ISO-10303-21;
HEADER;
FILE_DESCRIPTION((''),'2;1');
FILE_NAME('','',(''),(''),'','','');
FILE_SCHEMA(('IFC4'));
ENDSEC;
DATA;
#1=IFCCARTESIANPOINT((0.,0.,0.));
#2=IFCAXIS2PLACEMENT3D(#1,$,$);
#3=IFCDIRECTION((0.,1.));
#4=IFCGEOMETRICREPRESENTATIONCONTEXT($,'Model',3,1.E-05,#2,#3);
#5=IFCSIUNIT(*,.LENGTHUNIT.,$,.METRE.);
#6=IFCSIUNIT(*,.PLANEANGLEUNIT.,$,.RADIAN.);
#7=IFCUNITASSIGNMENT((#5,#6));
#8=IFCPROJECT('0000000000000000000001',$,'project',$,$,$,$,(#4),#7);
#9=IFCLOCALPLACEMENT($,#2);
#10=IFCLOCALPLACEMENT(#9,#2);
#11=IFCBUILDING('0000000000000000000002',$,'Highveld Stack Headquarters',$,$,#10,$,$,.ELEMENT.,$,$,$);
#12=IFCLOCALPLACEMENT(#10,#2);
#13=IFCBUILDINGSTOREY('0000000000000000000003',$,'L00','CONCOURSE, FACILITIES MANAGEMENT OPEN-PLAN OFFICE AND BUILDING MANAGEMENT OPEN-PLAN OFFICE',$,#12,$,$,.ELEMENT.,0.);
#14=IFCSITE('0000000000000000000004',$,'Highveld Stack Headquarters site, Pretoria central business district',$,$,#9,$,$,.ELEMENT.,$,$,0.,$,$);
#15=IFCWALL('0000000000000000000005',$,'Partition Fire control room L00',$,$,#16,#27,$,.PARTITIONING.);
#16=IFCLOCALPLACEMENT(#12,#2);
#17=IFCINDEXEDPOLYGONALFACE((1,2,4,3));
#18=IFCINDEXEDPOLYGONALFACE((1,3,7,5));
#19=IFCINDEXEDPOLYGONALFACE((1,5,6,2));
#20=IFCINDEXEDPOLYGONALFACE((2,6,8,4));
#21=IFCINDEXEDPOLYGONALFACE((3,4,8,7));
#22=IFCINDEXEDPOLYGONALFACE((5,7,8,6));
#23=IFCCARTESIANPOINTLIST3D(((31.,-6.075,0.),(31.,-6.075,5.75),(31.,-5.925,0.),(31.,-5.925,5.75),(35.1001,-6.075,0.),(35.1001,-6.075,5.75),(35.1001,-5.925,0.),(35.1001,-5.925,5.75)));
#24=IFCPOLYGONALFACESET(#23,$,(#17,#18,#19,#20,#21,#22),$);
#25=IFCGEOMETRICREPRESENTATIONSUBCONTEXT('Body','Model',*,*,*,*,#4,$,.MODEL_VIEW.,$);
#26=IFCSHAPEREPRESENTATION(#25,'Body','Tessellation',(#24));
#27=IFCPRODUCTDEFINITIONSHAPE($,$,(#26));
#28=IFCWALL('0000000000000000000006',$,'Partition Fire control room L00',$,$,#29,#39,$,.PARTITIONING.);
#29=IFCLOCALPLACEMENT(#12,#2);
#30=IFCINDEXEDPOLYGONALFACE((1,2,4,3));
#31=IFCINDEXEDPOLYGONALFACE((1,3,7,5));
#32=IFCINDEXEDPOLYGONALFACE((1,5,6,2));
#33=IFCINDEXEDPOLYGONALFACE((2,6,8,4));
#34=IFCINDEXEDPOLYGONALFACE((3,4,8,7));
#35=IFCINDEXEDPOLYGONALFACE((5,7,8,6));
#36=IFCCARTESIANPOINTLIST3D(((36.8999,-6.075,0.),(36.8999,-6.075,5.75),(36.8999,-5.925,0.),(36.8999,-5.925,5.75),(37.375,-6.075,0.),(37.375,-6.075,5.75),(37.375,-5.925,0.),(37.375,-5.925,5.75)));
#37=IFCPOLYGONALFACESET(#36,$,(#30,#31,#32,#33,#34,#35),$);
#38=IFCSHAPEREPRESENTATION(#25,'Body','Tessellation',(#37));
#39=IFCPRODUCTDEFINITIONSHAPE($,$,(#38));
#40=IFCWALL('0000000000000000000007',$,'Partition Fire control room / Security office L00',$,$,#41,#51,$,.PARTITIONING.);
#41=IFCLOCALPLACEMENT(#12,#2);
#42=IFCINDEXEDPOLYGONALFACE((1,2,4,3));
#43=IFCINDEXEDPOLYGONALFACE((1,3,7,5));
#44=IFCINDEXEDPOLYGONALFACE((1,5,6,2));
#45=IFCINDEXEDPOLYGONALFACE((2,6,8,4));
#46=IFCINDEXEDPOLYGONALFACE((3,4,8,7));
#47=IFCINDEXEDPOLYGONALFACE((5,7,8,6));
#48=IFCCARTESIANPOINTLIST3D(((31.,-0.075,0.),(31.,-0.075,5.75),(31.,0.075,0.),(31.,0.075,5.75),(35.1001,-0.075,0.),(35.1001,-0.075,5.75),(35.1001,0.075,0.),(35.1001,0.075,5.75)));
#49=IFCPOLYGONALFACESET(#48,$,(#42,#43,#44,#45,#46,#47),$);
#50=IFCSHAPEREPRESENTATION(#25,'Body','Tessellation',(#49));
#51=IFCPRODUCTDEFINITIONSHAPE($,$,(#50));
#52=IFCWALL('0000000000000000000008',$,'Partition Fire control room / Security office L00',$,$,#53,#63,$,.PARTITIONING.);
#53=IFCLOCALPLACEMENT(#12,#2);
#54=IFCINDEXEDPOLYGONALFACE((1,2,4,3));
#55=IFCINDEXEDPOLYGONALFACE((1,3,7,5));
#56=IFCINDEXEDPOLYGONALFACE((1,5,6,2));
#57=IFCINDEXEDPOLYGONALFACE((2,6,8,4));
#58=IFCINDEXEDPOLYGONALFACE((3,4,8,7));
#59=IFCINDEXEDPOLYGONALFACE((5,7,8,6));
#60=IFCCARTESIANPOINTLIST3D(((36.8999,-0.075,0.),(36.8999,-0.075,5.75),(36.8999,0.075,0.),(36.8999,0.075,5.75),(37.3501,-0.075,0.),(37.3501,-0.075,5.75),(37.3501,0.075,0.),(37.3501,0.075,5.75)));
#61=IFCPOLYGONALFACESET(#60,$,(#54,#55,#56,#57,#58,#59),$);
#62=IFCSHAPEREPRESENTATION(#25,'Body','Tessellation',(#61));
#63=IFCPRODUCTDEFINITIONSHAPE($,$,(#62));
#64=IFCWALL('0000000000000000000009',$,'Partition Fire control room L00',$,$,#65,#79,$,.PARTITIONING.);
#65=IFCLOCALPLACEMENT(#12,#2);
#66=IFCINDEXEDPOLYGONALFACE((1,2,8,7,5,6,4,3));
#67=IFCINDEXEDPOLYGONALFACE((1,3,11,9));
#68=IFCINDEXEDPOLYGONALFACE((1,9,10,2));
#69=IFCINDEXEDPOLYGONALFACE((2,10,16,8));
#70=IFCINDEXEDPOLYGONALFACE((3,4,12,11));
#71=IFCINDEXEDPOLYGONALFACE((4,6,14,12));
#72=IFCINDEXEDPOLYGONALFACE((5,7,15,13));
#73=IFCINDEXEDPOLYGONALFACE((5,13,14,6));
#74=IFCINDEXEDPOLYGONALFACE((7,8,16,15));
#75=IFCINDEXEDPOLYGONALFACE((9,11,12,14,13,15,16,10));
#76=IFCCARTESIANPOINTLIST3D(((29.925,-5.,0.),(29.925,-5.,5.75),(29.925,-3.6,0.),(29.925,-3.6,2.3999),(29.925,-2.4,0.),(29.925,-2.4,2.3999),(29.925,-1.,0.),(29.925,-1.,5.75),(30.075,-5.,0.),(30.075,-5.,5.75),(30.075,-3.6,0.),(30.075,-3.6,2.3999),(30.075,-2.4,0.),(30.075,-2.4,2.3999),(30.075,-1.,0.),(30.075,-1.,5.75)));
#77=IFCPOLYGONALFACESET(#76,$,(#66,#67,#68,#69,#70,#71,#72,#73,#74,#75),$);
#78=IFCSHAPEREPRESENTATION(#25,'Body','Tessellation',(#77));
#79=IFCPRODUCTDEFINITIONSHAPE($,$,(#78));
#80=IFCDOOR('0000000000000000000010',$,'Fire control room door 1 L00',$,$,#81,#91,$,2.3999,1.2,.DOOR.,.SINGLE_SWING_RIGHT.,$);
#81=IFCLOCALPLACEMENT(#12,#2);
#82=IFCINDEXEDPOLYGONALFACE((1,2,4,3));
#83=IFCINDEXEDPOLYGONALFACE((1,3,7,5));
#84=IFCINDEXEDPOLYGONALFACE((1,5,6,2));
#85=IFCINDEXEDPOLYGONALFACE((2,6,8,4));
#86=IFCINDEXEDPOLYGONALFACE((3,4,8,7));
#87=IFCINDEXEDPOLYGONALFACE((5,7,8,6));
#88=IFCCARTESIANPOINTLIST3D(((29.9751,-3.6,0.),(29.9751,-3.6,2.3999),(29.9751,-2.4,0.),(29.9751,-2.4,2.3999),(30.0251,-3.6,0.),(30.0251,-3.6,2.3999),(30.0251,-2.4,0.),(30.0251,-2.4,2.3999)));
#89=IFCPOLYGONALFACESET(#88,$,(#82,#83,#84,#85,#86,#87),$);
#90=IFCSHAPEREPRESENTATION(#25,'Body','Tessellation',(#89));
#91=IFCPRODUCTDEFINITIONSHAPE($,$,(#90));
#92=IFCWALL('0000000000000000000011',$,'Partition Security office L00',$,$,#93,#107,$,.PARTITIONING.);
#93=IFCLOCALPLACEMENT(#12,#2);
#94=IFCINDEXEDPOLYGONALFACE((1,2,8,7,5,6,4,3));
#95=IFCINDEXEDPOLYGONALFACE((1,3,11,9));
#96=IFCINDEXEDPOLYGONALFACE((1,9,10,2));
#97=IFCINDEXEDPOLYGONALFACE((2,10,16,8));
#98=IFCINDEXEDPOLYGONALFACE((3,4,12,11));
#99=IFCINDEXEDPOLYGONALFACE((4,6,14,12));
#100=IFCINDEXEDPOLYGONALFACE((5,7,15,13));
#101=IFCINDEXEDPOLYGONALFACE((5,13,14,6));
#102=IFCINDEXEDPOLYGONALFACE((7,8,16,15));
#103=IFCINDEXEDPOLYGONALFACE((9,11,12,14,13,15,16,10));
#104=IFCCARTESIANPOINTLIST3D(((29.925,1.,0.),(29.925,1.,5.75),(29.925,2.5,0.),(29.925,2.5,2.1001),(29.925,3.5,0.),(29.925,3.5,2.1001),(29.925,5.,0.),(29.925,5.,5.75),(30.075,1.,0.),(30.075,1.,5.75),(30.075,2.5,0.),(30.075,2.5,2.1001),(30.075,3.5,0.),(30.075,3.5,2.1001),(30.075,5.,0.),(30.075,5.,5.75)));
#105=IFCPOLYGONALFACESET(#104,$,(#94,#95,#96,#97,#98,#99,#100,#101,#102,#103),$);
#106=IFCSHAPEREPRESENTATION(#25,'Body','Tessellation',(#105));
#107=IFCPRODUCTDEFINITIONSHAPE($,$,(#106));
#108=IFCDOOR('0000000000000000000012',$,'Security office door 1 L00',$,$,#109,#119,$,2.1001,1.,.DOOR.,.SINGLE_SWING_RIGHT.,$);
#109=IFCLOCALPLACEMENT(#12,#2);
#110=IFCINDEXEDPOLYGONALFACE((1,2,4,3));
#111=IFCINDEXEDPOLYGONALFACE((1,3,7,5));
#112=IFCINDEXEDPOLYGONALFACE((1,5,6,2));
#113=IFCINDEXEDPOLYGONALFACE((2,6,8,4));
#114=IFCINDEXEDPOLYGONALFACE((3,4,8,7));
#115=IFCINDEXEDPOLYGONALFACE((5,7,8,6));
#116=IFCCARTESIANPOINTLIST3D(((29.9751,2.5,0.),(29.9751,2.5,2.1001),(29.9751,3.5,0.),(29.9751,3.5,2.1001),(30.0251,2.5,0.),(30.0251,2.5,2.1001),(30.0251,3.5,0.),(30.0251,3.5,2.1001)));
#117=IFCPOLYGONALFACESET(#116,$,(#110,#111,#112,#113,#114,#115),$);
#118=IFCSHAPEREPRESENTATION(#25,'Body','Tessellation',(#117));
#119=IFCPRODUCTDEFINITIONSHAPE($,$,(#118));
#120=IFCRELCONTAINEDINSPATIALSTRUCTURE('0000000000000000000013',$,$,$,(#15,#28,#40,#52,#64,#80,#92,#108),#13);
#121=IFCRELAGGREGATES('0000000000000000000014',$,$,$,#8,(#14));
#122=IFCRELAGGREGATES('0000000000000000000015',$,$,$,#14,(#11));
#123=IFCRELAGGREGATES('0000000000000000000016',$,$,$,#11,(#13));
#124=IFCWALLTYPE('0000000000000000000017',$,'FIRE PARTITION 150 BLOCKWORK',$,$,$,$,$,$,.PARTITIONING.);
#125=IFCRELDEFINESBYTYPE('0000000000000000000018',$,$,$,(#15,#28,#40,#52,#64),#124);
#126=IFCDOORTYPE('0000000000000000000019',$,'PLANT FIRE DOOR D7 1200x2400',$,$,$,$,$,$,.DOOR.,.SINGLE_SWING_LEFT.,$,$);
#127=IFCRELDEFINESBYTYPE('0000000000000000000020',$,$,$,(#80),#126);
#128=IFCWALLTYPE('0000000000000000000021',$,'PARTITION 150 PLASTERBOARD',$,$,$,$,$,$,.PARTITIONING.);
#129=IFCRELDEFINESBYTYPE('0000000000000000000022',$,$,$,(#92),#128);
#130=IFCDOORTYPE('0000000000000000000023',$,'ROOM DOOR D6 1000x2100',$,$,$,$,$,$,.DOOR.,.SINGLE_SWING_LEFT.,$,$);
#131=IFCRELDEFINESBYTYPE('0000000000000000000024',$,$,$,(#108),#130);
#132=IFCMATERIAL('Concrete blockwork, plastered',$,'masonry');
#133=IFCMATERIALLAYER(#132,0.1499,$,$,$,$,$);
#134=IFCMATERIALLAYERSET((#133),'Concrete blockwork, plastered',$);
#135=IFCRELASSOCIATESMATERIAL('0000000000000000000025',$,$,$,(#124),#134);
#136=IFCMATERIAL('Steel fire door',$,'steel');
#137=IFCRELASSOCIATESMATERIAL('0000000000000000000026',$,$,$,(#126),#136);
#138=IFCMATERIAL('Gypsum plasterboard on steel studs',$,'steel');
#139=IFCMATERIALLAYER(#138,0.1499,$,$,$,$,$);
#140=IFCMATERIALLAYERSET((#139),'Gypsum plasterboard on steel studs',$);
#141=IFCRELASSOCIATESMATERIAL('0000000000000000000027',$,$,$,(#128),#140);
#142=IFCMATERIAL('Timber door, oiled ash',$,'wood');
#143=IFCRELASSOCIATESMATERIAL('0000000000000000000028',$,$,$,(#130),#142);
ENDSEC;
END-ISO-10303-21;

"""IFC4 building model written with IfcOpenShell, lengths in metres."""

from ifc_helpers import new_model, si_unit, direction, frame, frame_2d, origin, place, context, subcontext, project, spatial, rectangle, extrude, material, layer, layer_set, type_object, element, fill, save


model = new_model("IFC4")

# Units and contexts
model_context = context("Model", 3, precision=1e-05, world=origin(), true_north=direction((0.0, 1.0)))
body_context = subcontext(model_context, "Body", "Model", "MODEL_VIEW")
ifc_project = project(units=[si_unit("LENGTHUNIT", "METRE"), si_unit("PLANEANGLEUNIT", "RADIAN")], contexts=[model_context])

# Site, building, storey
site_placement = place(None, origin())
site = spatial("IfcSite", under=ifc_project, at=site_placement, Name="Highveld Stack Headquarters site, Pretoria central business district", CompositionType="ELEMENT", RefElevation=0.0)
building_placement = place(site_placement, origin())
building = spatial("IfcBuilding", under=site, at=building_placement, Name="Highveld Stack Headquarters", CompositionType="ELEMENT")
storey_placement = place(building_placement, origin())
storey = spatial("IfcBuildingStorey", under=building, at=storey_placement, Name="L00", Description="CONCOURSE, FACILITIES MANAGEMENT OPEN-PLAN OFFICE AND BUILDING MANAGEMENT OPEN-PLAN OFFICE", CompositionType="ELEMENT", Elevation=0.0)

# Walls
ifc_material_1 = material(Name="Concrete blockwork, plastered", Category="masonry")
ifc_layer_1 = layer(ifc_material_1, 0.1499)
ifc_layer_set_1 = layer_set([ifc_layer_1], Name="Concrete blockwork, plastered")
wall_type_1 = type_object("IfcWallType", Name="FIRE PARTITION 150 BLOCKWORK", PredefinedType="PARTITIONING", material=ifc_layer_set_1)
wall_1_placement = place(storey_placement, frame((31.0, -6.0, 0.0), z_axis=(0.0, 0.0, 1.0), x_axis=(1.0, 0.0, 0.0)))
element("IfcWall", 1, at=wall_1_placement, inside=storey, type_object=wall_type_1, Name="Partition Fire control room L00", PredefinedType="PARTITIONING", context=body_context, shape_type="SweptSolid", body=[
    extrude(rectangle(XDim=4.1001, YDim=0.1499, at=frame_2d((2.05, 0.0))), origin(), (0.0, 0.0, 1.0), 5.75),
])
wall_2_placement = place(storey_placement, frame((36.8999, -6.0, 0.0), z_axis=(0.0, 0.0, 1.0), x_axis=(1.0, 0.0, 0.0)))
element("IfcWall", 2, at=wall_2_placement, inside=storey, type_object=wall_type_1, Name="Partition Fire control room L00", PredefinedType="PARTITIONING", context=body_context, shape_type="SweptSolid", body=[
    extrude(rectangle(XDim=0.4751, YDim=0.1499, at=frame_2d((0.2375, 0.0))), origin(), (0.0, 0.0, 1.0), 5.75),
])
wall_3_placement = place(storey_placement, frame((31.0, 0.0, 0.0), z_axis=(0.0, 0.0, 1.0), x_axis=(1.0, 0.0, 0.0)))
element("IfcWall", 3, at=wall_3_placement, inside=storey, type_object=wall_type_1, Name="Partition Fire control room / Security office L00", PredefinedType="PARTITIONING", context=body_context, shape_type="SweptSolid", body=[
    extrude(rectangle(XDim=4.1001, YDim=0.1499, at=frame_2d((2.05, 0.0))), origin(), (0.0, 0.0, 1.0), 5.75),
])
wall_4_placement = place(storey_placement, frame((36.8999, 0.0, 0.0), z_axis=(0.0, 0.0, 1.0), x_axis=(1.0, 0.0, 0.0)))
element("IfcWall", 4, at=wall_4_placement, inside=storey, type_object=wall_type_1, Name="Partition Fire control room / Security office L00", PredefinedType="PARTITIONING", context=body_context, shape_type="SweptSolid", body=[
    extrude(rectangle(XDim=0.4502, YDim=0.1499, at=frame_2d((0.2251, 0.0))), origin(), (0.0, 0.0, 1.0), 5.75),
])

# Walls, openings, doors
wall_5_placement = place(storey_placement, frame((30.0, -5.0, 0.0), z_axis=(0.0, 0.0, 1.0), x_axis=(0.0, 1.0, 0.0)))
wall_5 = element("IfcWall", 5, at=wall_5_placement, inside=storey, type_object=wall_type_1, Name="Partition Fire control room L00", PredefinedType="PARTITIONING", context=body_context, shape_type="SweptSolid", body=[
    extrude(rectangle(XDim=4.0, YDim=0.1499, at=frame_2d((2.0, 0.0))), origin(), (0.0, 0.0, 1.0), 5.75),
])
opening_1_placement = place(wall_5_placement, frame((1.3999, 0.0, 0.0)))
opening_1 = element("IfcOpeningElement", 6, at=opening_1_placement, cuts=wall_5, PredefinedType="OPENING", context=body_context, shape_type="SweptSolid", body=[
    extrude(rectangle(XDim=1.2, YDim=2.3999, at=frame_2d((0.6001, 1.2))), frame((0.0, 0.085, 0.0), z_axis=(0.0, -1.0, 0.0), x_axis=(1.0, 0.0, 0.0)), (0.0, 0.0, 1.0), 0.1699),
])
ifc_material_2 = material(Name="Steel fire door", Category="steel")
door_type_1 = type_object("IfcDoorType", Name="PLANT FIRE DOOR D7 1200x2400", OperationType="SINGLE_SWING_LEFT", PredefinedType="DOOR", material=ifc_material_2)
door_1_placement = place(opening_1_placement, origin())
door_1 = element("IfcDoor", 7, at=door_1_placement, inside=storey, type_object=door_type_1, Name="Fire control room door 1 L00", OperationType="SINGLE_SWING_RIGHT", OverallHeight=2.3999, OverallWidth=1.2, PredefinedType="DOOR", context=body_context, shape_type="SweptSolid", body=[
    extrude(rectangle(XDim=1.2, YDim=2.3999, at=frame_2d((0.6001, 1.2))), frame((0.0, 0.0249, 0.0), z_axis=(0.0, -1.0, 0.0), x_axis=(1.0, 0.0, 0.0)), (0.0, 0.0, 1.0), 0.05),
])
fill(opening_1, door_1)
ifc_material_3 = material(Name="Gypsum plasterboard on steel studs", Category="steel")
ifc_layer_2 = layer(ifc_material_3, 0.1499)
ifc_layer_set_2 = layer_set([ifc_layer_2], Name="Gypsum plasterboard on steel studs")
wall_type_2 = type_object("IfcWallType", Name="PARTITION 150 PLASTERBOARD", PredefinedType="PARTITIONING", material=ifc_layer_set_2)
wall_6_placement = place(storey_placement, frame((30.0, 1.0, 0.0), z_axis=(0.0, 0.0, 1.0), x_axis=(0.0, 1.0, 0.0)))
wall_6 = element("IfcWall", 8, at=wall_6_placement, inside=storey, type_object=wall_type_2, Name="Partition Security office L00", PredefinedType="PARTITIONING", context=body_context, shape_type="SweptSolid", body=[
    extrude(rectangle(XDim=4.0, YDim=0.1499, at=frame_2d((2.0, 0.0))), origin(), (0.0, 0.0, 1.0), 5.75),
])
opening_2_placement = place(wall_6_placement, frame((1.5, 0.0, 0.0)))
opening_2 = element("IfcOpeningElement", 9, at=opening_2_placement, cuts=wall_6, PredefinedType="OPENING", context=body_context, shape_type="SweptSolid", body=[
    extrude(rectangle(XDim=1.0, YDim=2.1001, at=frame_2d((0.5, 1.05))), frame((0.0, 0.085, 0.0), z_axis=(0.0, -1.0, 0.0), x_axis=(1.0, 0.0, 0.0)), (0.0, 0.0, 1.0), 0.1699),
])
ifc_material_4 = material(Name="Timber door, oiled ash", Category="wood")
door_type_2 = type_object("IfcDoorType", Name="ROOM DOOR D6 1000x2100", OperationType="SINGLE_SWING_LEFT", PredefinedType="DOOR", material=ifc_material_4)
door_2_placement = place(opening_2_placement, origin())
door_2 = element("IfcDoor", 10, at=door_2_placement, inside=storey, type_object=door_type_2, Name="Security office door 1 L00", OperationType="SINGLE_SWING_RIGHT", OverallHeight=2.1001, OverallWidth=1.0, PredefinedType="DOOR", context=body_context, shape_type="SweptSolid", body=[
    extrude(rectangle(XDim=1.0, YDim=2.1001, at=frame_2d((0.5, 1.05))), frame((0.0, 0.0249, 0.0), z_axis=(0.0, -1.0, 0.0), x_axis=(1.0, 0.0, 0.0)), (0.0, 0.0, 1.0), 0.05),
])
fill(opening_2, door_2)

save(model, "model.ifc")
